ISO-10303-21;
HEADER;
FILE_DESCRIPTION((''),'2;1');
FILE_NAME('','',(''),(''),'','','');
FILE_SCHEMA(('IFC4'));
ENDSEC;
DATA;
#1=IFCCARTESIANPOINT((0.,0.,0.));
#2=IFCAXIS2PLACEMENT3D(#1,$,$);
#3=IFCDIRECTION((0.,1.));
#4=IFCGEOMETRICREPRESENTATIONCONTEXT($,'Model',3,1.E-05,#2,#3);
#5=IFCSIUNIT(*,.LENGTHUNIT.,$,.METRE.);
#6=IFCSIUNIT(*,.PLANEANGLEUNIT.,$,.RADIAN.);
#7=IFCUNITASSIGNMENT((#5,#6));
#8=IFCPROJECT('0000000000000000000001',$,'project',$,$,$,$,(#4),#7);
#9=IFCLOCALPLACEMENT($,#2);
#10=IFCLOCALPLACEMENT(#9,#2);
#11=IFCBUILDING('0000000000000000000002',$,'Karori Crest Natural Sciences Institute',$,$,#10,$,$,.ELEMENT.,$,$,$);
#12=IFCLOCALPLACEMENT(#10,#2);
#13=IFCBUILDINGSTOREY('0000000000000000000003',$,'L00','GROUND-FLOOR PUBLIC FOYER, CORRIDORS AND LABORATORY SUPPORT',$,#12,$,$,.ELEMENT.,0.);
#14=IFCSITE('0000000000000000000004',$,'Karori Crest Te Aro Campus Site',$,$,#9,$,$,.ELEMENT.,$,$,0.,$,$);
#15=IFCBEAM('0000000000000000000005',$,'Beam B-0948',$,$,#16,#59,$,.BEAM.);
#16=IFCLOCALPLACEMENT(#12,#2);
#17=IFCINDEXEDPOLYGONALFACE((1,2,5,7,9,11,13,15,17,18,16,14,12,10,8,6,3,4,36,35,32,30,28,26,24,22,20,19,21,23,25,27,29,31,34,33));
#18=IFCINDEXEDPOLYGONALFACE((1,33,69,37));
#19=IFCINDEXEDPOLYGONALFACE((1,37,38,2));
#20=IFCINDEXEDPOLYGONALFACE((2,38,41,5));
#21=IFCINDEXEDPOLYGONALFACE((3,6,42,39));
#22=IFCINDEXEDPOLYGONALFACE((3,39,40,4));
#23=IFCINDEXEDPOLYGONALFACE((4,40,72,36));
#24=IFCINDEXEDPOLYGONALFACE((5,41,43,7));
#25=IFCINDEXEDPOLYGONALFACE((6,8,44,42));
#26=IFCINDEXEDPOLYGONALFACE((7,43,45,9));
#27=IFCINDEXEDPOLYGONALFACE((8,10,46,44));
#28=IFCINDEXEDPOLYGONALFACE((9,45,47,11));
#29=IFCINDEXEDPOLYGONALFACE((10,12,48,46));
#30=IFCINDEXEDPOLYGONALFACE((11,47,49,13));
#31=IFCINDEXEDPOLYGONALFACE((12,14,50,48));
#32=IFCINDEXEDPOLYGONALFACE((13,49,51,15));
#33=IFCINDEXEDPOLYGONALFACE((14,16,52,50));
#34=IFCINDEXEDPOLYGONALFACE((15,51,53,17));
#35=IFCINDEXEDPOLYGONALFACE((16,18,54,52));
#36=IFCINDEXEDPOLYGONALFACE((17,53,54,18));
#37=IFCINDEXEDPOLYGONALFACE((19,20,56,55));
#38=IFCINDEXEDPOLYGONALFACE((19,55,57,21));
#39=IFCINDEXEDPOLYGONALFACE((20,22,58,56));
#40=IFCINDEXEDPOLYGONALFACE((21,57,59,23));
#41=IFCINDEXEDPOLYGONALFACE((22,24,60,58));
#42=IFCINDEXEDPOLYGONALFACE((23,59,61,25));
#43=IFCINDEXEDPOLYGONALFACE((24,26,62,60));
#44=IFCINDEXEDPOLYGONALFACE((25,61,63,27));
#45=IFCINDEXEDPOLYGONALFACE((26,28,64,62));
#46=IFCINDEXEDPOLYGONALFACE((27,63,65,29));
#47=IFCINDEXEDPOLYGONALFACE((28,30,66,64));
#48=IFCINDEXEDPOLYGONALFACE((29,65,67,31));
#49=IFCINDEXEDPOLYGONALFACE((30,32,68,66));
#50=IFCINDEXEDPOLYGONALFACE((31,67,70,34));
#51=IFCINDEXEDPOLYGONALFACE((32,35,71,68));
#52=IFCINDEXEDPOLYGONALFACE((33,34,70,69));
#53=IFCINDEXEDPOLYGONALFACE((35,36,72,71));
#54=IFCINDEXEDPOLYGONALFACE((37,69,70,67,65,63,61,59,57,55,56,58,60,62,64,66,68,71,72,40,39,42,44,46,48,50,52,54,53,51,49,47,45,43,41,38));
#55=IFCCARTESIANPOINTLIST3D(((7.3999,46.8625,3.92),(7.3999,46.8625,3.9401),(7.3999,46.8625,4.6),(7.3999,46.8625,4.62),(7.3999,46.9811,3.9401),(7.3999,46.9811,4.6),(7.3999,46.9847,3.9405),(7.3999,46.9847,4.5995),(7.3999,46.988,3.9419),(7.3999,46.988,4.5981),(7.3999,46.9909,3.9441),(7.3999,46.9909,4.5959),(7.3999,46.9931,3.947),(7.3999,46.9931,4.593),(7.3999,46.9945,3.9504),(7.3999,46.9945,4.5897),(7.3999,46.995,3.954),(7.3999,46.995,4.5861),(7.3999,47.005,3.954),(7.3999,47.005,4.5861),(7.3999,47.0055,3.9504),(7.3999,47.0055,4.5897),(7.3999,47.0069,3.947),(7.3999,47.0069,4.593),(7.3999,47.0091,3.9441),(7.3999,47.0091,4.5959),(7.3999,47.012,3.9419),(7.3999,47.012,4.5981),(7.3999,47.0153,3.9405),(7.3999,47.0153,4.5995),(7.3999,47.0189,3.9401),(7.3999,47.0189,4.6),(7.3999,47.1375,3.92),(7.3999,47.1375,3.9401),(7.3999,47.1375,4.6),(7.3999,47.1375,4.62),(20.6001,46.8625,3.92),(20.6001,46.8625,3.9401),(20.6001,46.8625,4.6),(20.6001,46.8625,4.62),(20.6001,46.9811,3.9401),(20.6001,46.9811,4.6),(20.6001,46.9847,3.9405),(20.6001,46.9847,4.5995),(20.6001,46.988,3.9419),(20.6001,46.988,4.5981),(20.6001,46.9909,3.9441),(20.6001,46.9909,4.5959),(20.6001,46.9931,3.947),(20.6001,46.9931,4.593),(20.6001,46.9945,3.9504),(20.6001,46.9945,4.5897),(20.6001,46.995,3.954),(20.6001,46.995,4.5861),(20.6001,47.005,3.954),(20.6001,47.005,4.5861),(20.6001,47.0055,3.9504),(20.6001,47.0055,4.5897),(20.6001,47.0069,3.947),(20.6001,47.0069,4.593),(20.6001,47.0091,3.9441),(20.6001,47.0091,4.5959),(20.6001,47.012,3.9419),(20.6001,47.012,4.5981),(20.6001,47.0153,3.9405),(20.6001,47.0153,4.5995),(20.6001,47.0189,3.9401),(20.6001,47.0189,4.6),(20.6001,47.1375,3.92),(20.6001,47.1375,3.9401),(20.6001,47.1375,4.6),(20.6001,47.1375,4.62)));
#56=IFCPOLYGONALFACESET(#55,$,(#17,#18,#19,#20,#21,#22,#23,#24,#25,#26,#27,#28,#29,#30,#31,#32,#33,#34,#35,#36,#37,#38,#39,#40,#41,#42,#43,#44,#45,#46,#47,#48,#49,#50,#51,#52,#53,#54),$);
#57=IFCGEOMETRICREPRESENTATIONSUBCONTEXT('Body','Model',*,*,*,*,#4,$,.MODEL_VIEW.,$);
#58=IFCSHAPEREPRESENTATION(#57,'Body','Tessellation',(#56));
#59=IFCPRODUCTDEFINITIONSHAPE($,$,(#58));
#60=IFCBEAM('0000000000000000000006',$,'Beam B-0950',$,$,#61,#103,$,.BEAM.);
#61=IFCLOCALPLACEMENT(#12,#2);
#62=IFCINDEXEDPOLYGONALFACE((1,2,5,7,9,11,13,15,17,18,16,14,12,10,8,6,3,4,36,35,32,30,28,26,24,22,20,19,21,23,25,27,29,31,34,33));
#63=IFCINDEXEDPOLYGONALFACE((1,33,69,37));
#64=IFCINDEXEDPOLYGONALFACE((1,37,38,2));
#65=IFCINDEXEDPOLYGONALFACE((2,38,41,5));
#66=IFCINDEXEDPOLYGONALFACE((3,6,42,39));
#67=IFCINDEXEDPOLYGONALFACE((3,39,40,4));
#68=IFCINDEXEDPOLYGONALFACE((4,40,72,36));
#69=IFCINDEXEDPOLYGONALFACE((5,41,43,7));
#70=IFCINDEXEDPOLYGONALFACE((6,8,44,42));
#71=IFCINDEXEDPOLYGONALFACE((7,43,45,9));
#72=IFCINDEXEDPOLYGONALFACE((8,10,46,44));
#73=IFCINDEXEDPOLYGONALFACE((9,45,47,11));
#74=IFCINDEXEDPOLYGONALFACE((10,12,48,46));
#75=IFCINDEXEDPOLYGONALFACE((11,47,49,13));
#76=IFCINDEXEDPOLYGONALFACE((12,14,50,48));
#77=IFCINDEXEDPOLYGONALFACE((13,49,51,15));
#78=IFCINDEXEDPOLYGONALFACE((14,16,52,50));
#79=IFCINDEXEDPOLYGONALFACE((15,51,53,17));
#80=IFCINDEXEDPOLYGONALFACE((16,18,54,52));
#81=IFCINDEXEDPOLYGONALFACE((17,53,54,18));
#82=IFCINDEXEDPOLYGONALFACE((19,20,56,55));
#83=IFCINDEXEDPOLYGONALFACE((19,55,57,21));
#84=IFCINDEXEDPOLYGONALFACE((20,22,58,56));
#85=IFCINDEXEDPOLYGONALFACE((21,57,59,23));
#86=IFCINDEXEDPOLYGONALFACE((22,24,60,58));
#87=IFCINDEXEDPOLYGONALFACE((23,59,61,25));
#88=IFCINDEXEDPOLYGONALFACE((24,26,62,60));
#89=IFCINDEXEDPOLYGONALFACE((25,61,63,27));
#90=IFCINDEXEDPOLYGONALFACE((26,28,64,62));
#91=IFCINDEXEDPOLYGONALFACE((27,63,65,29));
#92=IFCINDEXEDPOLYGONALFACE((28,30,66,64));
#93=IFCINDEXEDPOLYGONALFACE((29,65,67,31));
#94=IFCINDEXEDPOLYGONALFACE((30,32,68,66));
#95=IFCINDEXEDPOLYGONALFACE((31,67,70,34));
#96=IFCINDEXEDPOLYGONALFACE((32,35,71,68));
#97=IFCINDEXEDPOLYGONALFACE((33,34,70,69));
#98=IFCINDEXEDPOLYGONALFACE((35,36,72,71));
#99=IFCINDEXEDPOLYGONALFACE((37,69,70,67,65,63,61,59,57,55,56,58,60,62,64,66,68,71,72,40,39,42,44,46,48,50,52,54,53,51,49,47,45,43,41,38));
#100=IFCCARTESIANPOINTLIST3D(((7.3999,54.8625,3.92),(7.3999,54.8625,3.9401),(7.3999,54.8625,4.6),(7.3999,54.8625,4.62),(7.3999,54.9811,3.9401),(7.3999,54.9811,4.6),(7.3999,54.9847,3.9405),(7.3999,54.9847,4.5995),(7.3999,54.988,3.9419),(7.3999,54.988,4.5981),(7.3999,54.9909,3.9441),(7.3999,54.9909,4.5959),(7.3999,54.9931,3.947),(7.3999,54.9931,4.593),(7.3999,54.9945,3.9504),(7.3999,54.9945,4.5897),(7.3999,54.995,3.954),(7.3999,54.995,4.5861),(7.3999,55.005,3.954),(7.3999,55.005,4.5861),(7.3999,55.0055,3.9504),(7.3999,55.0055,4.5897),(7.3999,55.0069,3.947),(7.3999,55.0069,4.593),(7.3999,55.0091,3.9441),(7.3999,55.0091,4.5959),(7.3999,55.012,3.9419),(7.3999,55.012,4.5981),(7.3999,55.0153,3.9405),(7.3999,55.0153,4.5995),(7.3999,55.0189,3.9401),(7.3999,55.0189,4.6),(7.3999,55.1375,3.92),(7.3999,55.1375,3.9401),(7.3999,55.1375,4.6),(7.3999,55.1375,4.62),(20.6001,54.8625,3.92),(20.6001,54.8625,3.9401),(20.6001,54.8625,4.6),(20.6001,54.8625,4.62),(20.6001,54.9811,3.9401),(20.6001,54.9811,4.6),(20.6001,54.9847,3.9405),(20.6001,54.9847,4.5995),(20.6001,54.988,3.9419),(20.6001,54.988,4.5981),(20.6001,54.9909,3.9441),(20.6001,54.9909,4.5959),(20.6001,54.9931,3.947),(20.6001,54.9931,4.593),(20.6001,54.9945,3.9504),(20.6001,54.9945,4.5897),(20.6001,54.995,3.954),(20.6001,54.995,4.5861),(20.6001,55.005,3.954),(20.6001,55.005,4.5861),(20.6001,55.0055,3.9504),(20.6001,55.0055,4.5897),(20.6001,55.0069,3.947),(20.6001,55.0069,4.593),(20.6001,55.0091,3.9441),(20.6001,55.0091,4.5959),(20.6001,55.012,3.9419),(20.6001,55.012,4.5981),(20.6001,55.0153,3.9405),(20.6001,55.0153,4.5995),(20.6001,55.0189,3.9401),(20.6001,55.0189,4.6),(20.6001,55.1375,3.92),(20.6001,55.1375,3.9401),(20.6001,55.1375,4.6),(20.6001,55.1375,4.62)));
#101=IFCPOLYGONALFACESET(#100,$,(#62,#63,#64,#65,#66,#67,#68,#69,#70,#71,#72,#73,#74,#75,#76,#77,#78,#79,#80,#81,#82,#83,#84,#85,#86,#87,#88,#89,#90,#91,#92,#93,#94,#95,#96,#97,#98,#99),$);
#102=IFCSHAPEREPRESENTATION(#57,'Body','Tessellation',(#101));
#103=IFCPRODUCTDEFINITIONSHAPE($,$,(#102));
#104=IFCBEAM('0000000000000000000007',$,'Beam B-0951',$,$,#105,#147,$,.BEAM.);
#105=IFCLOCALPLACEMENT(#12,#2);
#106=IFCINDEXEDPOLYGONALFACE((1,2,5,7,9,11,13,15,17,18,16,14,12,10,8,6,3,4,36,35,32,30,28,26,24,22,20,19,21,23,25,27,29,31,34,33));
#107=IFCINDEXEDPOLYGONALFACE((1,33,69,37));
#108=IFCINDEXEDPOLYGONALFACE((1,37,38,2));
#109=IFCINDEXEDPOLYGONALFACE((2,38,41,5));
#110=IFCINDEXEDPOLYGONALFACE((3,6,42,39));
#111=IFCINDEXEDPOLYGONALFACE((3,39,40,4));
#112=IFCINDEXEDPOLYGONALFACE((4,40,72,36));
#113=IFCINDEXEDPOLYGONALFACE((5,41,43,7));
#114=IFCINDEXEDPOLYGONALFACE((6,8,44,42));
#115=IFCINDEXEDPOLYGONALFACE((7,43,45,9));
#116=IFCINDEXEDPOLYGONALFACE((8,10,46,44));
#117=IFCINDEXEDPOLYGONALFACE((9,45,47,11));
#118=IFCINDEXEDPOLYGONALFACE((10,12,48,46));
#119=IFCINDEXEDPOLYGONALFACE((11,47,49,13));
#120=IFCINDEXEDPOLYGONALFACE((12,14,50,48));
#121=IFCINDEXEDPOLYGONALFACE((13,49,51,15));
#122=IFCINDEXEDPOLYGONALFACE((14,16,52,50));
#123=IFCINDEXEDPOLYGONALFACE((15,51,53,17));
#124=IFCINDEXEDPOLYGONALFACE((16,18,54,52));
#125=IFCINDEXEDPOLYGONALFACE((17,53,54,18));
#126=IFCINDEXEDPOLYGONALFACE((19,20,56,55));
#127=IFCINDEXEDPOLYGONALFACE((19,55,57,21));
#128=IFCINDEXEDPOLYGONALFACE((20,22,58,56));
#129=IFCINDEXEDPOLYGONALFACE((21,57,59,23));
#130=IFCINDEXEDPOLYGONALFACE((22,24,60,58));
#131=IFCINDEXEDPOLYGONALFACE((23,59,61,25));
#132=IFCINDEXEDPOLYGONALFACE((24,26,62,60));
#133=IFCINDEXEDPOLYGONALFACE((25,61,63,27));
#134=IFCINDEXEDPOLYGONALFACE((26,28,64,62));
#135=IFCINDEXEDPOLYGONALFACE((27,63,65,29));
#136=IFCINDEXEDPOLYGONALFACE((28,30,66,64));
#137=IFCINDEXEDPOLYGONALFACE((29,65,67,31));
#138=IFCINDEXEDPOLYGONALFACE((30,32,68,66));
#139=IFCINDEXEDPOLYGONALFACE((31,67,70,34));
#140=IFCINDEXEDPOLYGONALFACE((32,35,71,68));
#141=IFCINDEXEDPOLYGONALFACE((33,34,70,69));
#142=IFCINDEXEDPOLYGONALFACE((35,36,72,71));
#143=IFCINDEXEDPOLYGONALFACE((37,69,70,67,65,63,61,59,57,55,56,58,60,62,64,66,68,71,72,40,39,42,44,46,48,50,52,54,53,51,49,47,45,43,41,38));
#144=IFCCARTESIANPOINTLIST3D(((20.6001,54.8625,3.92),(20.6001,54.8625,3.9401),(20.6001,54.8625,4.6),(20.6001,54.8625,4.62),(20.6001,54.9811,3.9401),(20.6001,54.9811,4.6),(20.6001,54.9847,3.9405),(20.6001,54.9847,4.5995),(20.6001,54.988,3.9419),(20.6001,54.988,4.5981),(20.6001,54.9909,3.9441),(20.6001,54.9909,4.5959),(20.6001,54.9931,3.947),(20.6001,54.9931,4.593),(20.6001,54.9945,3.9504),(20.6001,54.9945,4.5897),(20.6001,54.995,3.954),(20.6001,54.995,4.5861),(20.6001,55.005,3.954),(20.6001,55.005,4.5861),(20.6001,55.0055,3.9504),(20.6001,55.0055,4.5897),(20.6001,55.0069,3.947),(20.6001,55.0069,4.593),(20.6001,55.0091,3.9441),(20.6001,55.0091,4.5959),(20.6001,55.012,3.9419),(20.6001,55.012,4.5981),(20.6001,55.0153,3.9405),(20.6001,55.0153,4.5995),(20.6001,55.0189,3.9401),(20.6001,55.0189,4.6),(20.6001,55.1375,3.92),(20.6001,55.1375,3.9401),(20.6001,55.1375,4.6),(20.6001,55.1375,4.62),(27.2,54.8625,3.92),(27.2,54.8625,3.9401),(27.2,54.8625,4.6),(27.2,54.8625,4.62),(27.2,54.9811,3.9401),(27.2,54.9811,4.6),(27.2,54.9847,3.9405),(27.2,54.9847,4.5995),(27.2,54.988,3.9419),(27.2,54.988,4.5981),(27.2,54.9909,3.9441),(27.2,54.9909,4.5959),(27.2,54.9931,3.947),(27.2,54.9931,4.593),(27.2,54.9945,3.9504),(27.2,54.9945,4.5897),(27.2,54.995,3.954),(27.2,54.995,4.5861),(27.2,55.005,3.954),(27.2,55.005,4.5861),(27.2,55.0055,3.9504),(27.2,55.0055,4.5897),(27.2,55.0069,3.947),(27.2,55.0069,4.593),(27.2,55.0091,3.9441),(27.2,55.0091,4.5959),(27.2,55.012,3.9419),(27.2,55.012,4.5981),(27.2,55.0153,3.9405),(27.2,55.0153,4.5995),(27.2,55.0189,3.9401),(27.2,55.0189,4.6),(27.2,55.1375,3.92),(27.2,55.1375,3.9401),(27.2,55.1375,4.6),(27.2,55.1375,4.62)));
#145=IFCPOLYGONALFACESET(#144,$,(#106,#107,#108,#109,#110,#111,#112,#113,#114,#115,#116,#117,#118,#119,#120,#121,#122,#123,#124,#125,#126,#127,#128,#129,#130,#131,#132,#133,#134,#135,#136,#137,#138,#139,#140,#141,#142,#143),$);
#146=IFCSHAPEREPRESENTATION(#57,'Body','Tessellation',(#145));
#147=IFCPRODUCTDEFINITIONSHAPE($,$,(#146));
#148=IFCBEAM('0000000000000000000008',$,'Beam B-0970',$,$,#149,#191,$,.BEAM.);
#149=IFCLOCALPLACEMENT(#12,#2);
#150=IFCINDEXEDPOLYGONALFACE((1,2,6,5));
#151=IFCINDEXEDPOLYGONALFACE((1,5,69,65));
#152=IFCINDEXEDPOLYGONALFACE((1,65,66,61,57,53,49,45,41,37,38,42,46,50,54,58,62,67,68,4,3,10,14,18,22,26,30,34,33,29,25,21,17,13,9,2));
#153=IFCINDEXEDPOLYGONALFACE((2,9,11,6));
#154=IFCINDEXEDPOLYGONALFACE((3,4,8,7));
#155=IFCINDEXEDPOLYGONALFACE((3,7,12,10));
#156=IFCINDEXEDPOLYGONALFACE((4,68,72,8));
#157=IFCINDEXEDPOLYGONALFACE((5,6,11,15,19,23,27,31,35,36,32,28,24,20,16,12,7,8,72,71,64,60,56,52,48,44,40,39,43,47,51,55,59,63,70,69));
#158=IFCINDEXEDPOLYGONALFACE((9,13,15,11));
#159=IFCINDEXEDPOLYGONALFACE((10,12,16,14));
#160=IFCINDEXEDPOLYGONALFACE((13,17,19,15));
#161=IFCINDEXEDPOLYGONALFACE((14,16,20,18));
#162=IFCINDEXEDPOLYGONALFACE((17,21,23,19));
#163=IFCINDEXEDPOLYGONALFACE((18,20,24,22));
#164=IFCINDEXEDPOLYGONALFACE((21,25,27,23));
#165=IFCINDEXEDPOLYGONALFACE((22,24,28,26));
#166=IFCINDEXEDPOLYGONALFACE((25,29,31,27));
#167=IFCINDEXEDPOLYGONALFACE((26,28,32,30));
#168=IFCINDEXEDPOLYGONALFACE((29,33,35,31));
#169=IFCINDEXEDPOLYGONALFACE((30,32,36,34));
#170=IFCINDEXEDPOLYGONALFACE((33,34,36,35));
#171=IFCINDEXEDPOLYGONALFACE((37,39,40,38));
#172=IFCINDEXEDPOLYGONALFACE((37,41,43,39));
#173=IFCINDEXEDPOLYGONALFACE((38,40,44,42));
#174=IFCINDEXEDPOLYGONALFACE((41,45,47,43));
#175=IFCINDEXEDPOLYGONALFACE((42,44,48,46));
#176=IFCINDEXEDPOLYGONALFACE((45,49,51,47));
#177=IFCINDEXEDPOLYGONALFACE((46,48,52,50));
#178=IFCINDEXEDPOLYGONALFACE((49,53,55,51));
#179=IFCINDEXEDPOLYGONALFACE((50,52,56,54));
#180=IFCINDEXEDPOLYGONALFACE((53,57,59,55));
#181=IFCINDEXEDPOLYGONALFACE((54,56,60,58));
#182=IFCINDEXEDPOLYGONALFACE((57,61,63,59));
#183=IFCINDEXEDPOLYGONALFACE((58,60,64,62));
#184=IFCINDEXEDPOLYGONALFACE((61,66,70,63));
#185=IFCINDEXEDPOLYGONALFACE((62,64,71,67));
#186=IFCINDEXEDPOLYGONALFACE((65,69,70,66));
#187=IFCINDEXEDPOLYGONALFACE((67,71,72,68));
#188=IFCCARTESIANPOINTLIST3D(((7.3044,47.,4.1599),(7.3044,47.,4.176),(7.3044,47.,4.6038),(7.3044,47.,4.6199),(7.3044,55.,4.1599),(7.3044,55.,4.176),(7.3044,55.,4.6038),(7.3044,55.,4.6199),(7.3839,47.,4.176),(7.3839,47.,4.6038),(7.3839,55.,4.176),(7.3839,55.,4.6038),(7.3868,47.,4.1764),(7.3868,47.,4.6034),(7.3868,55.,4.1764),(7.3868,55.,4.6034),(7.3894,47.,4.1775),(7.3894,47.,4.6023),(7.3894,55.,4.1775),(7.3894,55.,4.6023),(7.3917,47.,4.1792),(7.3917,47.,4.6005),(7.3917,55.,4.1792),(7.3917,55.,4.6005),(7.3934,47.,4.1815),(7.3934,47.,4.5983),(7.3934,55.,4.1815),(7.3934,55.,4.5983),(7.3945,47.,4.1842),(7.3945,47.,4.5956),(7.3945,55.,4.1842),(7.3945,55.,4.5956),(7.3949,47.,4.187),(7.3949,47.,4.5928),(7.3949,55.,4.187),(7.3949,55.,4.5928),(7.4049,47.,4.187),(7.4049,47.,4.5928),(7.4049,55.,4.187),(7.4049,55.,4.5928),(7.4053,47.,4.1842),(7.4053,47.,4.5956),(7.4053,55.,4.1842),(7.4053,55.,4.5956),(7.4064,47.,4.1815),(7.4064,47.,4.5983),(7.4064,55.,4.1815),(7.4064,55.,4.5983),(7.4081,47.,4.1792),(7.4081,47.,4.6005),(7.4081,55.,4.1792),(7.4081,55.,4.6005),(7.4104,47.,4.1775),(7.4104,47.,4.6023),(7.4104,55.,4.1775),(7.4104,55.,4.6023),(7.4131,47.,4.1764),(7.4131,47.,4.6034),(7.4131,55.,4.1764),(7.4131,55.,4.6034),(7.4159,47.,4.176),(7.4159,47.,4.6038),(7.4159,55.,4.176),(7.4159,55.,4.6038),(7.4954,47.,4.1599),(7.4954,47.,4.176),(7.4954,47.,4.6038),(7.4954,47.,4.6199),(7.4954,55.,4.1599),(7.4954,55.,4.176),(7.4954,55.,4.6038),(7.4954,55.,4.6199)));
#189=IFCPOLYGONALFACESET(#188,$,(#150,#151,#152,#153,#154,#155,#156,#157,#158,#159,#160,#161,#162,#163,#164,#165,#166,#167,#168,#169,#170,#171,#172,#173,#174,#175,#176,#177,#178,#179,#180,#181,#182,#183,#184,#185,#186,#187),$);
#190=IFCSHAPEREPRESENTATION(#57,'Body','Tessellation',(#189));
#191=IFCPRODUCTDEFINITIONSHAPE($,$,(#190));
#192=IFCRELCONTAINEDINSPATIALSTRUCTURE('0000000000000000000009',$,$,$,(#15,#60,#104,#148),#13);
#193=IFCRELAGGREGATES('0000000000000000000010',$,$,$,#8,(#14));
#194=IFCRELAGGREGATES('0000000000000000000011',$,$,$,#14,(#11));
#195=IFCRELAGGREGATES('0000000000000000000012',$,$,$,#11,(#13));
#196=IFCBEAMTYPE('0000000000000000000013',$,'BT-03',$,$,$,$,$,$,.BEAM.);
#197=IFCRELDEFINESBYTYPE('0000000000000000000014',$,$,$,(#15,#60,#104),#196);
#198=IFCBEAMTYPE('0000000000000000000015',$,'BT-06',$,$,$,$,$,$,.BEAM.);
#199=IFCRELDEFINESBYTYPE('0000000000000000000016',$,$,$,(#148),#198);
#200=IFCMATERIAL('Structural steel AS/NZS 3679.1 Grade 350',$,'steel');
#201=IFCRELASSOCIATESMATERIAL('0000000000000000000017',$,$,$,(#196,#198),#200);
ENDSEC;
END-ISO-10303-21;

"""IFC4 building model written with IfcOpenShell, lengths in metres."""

from ifc_helpers import new_model, si_unit, direction, frame, origin, origin_2d, place, context, subcontext, project, spatial, i_section, extrude, material, material_profile, profile_set, type_object, element, save


model = new_model("IFC4")

# Units and contexts
model_context = context("Model", 3, precision=1e-05, world=origin(), true_north=direction((0.0, 1.0)))
body_context = subcontext(model_context, "Body", "Model", "MODEL_VIEW")
ifc_project = project(units=[si_unit("LENGTHUNIT", "METRE"), si_unit("PLANEANGLEUNIT", "RADIAN")], contexts=[model_context])

# Site, building, storey
site_placement = place(None, origin())
site = spatial("IfcSite", under=ifc_project, at=site_placement, Name="Karori Crest Te Aro Campus Site", CompositionType="ELEMENT", RefElevation=0.0)
building_placement = place(site_placement, origin())
building = spatial("IfcBuilding", under=site, at=building_placement, Name="Karori Crest Natural Sciences Institute", CompositionType="ELEMENT")
storey_placement = place(building_placement, origin())
storey = spatial("IfcBuildingStorey", under=building, at=storey_placement, Name="L00", Description="GROUND-FLOOR PUBLIC FOYER, CORRIDORS AND LABORATORY SUPPORT", CompositionType="ELEMENT", Elevation=0.0)

# Shared definitions
ifc_material_1 = material(Name="Structural steel AS/NZS 3679.1 Grade 350", Category="steel")

# Beams
ifc_material_profile_1 = material_profile(ifc_material_1, i_section(OverallWidth=0.2749, OverallDepth=0.7, WebThickness=0.01, FlangeThickness=0.02, FilletRadius=0.0139, at=origin_2d()), Name="700WB150")
ifc_profile_set_1 = profile_set([ifc_material_profile_1], Name="Structural steel AS/NZS 3679.1 Grade 350")
beam_type_1 = type_object("IfcBeamType", Name="BT-03", PredefinedType="BEAM", material=ifc_profile_set_1)
for number, where, z_axis, x_axis, name in (
    (1, (7.3999, 47.0, 4.27), (1.0, 0.0, 0.0), (0.0, 1.0, 0.0), "Beam B-0948"),
    (2, (7.3999, 55.0, 4.27), (1.0, 0.0, 0.0), (0.0, 1.0, 0.0), "Beam B-0950"),
):
    element("IfcBeam", number, at=place(storey_placement, frame(where, z_axis=z_axis, x_axis=x_axis)), inside=storey, type_object=beam_type_1, Name=name, PredefinedType="BEAM", context=body_context, shape_type="SweptSolid", body=[
        extrude(i_section(OverallWidth=0.2749, OverallDepth=0.7, WebThickness=0.01, FlangeThickness=0.02, FilletRadius=0.0139, at=origin_2d()), origin(), (0.0, 0.0, 1.0), 13.2002),
    ])
beam_1_placement = place(storey_placement, frame((20.6001, 55.0, 4.27), z_axis=(1.0, 0.0, 0.0), x_axis=(0.0, 1.0, 0.0)))
element("IfcBeam", 3, at=beam_1_placement, inside=storey, type_object=beam_type_1, Name="Beam B-0951", PredefinedType="BEAM", context=body_context, shape_type="SweptSolid", body=[
    extrude(i_section(OverallWidth=0.2749, OverallDepth=0.7, WebThickness=0.01, FlangeThickness=0.02, FilletRadius=0.0139, at=origin_2d()), origin(), (0.0, 0.0, 1.0), 6.5999),
])
ifc_material_profile_2 = material_profile(ifc_material_1, i_section(OverallWidth=0.1909, OverallDepth=0.46, WebThickness=0.01, FlangeThickness=0.0161, FilletRadius=0.011, at=origin_2d()), Name="460UB82.1")
ifc_profile_set_2 = profile_set([ifc_material_profile_2], Name="Structural steel AS/NZS 3679.1 Grade 350")
beam_type_2 = type_object("IfcBeamType", Name="BT-06", PredefinedType="BEAM", material=ifc_profile_set_2)
beam_2_placement = place(storey_placement, frame((7.3999, 47.0, 4.3899), z_axis=(0.0, 1.0, 0.0), x_axis=(-1.0, 0.0, 0.0)))
element("IfcBeam", 4, at=beam_2_placement, inside=storey, type_object=beam_type_2, Name="Beam B-0970", PredefinedType="BEAM", context=body_context, shape_type="SweptSolid", body=[
    extrude(i_section(OverallWidth=0.1909, OverallDepth=0.46, WebThickness=0.01, FlangeThickness=0.0161, FilletRadius=0.011, at=origin_2d()), origin(), (0.0, 0.0, 1.0), 8.0),
])

save(model, "model.ifc")
